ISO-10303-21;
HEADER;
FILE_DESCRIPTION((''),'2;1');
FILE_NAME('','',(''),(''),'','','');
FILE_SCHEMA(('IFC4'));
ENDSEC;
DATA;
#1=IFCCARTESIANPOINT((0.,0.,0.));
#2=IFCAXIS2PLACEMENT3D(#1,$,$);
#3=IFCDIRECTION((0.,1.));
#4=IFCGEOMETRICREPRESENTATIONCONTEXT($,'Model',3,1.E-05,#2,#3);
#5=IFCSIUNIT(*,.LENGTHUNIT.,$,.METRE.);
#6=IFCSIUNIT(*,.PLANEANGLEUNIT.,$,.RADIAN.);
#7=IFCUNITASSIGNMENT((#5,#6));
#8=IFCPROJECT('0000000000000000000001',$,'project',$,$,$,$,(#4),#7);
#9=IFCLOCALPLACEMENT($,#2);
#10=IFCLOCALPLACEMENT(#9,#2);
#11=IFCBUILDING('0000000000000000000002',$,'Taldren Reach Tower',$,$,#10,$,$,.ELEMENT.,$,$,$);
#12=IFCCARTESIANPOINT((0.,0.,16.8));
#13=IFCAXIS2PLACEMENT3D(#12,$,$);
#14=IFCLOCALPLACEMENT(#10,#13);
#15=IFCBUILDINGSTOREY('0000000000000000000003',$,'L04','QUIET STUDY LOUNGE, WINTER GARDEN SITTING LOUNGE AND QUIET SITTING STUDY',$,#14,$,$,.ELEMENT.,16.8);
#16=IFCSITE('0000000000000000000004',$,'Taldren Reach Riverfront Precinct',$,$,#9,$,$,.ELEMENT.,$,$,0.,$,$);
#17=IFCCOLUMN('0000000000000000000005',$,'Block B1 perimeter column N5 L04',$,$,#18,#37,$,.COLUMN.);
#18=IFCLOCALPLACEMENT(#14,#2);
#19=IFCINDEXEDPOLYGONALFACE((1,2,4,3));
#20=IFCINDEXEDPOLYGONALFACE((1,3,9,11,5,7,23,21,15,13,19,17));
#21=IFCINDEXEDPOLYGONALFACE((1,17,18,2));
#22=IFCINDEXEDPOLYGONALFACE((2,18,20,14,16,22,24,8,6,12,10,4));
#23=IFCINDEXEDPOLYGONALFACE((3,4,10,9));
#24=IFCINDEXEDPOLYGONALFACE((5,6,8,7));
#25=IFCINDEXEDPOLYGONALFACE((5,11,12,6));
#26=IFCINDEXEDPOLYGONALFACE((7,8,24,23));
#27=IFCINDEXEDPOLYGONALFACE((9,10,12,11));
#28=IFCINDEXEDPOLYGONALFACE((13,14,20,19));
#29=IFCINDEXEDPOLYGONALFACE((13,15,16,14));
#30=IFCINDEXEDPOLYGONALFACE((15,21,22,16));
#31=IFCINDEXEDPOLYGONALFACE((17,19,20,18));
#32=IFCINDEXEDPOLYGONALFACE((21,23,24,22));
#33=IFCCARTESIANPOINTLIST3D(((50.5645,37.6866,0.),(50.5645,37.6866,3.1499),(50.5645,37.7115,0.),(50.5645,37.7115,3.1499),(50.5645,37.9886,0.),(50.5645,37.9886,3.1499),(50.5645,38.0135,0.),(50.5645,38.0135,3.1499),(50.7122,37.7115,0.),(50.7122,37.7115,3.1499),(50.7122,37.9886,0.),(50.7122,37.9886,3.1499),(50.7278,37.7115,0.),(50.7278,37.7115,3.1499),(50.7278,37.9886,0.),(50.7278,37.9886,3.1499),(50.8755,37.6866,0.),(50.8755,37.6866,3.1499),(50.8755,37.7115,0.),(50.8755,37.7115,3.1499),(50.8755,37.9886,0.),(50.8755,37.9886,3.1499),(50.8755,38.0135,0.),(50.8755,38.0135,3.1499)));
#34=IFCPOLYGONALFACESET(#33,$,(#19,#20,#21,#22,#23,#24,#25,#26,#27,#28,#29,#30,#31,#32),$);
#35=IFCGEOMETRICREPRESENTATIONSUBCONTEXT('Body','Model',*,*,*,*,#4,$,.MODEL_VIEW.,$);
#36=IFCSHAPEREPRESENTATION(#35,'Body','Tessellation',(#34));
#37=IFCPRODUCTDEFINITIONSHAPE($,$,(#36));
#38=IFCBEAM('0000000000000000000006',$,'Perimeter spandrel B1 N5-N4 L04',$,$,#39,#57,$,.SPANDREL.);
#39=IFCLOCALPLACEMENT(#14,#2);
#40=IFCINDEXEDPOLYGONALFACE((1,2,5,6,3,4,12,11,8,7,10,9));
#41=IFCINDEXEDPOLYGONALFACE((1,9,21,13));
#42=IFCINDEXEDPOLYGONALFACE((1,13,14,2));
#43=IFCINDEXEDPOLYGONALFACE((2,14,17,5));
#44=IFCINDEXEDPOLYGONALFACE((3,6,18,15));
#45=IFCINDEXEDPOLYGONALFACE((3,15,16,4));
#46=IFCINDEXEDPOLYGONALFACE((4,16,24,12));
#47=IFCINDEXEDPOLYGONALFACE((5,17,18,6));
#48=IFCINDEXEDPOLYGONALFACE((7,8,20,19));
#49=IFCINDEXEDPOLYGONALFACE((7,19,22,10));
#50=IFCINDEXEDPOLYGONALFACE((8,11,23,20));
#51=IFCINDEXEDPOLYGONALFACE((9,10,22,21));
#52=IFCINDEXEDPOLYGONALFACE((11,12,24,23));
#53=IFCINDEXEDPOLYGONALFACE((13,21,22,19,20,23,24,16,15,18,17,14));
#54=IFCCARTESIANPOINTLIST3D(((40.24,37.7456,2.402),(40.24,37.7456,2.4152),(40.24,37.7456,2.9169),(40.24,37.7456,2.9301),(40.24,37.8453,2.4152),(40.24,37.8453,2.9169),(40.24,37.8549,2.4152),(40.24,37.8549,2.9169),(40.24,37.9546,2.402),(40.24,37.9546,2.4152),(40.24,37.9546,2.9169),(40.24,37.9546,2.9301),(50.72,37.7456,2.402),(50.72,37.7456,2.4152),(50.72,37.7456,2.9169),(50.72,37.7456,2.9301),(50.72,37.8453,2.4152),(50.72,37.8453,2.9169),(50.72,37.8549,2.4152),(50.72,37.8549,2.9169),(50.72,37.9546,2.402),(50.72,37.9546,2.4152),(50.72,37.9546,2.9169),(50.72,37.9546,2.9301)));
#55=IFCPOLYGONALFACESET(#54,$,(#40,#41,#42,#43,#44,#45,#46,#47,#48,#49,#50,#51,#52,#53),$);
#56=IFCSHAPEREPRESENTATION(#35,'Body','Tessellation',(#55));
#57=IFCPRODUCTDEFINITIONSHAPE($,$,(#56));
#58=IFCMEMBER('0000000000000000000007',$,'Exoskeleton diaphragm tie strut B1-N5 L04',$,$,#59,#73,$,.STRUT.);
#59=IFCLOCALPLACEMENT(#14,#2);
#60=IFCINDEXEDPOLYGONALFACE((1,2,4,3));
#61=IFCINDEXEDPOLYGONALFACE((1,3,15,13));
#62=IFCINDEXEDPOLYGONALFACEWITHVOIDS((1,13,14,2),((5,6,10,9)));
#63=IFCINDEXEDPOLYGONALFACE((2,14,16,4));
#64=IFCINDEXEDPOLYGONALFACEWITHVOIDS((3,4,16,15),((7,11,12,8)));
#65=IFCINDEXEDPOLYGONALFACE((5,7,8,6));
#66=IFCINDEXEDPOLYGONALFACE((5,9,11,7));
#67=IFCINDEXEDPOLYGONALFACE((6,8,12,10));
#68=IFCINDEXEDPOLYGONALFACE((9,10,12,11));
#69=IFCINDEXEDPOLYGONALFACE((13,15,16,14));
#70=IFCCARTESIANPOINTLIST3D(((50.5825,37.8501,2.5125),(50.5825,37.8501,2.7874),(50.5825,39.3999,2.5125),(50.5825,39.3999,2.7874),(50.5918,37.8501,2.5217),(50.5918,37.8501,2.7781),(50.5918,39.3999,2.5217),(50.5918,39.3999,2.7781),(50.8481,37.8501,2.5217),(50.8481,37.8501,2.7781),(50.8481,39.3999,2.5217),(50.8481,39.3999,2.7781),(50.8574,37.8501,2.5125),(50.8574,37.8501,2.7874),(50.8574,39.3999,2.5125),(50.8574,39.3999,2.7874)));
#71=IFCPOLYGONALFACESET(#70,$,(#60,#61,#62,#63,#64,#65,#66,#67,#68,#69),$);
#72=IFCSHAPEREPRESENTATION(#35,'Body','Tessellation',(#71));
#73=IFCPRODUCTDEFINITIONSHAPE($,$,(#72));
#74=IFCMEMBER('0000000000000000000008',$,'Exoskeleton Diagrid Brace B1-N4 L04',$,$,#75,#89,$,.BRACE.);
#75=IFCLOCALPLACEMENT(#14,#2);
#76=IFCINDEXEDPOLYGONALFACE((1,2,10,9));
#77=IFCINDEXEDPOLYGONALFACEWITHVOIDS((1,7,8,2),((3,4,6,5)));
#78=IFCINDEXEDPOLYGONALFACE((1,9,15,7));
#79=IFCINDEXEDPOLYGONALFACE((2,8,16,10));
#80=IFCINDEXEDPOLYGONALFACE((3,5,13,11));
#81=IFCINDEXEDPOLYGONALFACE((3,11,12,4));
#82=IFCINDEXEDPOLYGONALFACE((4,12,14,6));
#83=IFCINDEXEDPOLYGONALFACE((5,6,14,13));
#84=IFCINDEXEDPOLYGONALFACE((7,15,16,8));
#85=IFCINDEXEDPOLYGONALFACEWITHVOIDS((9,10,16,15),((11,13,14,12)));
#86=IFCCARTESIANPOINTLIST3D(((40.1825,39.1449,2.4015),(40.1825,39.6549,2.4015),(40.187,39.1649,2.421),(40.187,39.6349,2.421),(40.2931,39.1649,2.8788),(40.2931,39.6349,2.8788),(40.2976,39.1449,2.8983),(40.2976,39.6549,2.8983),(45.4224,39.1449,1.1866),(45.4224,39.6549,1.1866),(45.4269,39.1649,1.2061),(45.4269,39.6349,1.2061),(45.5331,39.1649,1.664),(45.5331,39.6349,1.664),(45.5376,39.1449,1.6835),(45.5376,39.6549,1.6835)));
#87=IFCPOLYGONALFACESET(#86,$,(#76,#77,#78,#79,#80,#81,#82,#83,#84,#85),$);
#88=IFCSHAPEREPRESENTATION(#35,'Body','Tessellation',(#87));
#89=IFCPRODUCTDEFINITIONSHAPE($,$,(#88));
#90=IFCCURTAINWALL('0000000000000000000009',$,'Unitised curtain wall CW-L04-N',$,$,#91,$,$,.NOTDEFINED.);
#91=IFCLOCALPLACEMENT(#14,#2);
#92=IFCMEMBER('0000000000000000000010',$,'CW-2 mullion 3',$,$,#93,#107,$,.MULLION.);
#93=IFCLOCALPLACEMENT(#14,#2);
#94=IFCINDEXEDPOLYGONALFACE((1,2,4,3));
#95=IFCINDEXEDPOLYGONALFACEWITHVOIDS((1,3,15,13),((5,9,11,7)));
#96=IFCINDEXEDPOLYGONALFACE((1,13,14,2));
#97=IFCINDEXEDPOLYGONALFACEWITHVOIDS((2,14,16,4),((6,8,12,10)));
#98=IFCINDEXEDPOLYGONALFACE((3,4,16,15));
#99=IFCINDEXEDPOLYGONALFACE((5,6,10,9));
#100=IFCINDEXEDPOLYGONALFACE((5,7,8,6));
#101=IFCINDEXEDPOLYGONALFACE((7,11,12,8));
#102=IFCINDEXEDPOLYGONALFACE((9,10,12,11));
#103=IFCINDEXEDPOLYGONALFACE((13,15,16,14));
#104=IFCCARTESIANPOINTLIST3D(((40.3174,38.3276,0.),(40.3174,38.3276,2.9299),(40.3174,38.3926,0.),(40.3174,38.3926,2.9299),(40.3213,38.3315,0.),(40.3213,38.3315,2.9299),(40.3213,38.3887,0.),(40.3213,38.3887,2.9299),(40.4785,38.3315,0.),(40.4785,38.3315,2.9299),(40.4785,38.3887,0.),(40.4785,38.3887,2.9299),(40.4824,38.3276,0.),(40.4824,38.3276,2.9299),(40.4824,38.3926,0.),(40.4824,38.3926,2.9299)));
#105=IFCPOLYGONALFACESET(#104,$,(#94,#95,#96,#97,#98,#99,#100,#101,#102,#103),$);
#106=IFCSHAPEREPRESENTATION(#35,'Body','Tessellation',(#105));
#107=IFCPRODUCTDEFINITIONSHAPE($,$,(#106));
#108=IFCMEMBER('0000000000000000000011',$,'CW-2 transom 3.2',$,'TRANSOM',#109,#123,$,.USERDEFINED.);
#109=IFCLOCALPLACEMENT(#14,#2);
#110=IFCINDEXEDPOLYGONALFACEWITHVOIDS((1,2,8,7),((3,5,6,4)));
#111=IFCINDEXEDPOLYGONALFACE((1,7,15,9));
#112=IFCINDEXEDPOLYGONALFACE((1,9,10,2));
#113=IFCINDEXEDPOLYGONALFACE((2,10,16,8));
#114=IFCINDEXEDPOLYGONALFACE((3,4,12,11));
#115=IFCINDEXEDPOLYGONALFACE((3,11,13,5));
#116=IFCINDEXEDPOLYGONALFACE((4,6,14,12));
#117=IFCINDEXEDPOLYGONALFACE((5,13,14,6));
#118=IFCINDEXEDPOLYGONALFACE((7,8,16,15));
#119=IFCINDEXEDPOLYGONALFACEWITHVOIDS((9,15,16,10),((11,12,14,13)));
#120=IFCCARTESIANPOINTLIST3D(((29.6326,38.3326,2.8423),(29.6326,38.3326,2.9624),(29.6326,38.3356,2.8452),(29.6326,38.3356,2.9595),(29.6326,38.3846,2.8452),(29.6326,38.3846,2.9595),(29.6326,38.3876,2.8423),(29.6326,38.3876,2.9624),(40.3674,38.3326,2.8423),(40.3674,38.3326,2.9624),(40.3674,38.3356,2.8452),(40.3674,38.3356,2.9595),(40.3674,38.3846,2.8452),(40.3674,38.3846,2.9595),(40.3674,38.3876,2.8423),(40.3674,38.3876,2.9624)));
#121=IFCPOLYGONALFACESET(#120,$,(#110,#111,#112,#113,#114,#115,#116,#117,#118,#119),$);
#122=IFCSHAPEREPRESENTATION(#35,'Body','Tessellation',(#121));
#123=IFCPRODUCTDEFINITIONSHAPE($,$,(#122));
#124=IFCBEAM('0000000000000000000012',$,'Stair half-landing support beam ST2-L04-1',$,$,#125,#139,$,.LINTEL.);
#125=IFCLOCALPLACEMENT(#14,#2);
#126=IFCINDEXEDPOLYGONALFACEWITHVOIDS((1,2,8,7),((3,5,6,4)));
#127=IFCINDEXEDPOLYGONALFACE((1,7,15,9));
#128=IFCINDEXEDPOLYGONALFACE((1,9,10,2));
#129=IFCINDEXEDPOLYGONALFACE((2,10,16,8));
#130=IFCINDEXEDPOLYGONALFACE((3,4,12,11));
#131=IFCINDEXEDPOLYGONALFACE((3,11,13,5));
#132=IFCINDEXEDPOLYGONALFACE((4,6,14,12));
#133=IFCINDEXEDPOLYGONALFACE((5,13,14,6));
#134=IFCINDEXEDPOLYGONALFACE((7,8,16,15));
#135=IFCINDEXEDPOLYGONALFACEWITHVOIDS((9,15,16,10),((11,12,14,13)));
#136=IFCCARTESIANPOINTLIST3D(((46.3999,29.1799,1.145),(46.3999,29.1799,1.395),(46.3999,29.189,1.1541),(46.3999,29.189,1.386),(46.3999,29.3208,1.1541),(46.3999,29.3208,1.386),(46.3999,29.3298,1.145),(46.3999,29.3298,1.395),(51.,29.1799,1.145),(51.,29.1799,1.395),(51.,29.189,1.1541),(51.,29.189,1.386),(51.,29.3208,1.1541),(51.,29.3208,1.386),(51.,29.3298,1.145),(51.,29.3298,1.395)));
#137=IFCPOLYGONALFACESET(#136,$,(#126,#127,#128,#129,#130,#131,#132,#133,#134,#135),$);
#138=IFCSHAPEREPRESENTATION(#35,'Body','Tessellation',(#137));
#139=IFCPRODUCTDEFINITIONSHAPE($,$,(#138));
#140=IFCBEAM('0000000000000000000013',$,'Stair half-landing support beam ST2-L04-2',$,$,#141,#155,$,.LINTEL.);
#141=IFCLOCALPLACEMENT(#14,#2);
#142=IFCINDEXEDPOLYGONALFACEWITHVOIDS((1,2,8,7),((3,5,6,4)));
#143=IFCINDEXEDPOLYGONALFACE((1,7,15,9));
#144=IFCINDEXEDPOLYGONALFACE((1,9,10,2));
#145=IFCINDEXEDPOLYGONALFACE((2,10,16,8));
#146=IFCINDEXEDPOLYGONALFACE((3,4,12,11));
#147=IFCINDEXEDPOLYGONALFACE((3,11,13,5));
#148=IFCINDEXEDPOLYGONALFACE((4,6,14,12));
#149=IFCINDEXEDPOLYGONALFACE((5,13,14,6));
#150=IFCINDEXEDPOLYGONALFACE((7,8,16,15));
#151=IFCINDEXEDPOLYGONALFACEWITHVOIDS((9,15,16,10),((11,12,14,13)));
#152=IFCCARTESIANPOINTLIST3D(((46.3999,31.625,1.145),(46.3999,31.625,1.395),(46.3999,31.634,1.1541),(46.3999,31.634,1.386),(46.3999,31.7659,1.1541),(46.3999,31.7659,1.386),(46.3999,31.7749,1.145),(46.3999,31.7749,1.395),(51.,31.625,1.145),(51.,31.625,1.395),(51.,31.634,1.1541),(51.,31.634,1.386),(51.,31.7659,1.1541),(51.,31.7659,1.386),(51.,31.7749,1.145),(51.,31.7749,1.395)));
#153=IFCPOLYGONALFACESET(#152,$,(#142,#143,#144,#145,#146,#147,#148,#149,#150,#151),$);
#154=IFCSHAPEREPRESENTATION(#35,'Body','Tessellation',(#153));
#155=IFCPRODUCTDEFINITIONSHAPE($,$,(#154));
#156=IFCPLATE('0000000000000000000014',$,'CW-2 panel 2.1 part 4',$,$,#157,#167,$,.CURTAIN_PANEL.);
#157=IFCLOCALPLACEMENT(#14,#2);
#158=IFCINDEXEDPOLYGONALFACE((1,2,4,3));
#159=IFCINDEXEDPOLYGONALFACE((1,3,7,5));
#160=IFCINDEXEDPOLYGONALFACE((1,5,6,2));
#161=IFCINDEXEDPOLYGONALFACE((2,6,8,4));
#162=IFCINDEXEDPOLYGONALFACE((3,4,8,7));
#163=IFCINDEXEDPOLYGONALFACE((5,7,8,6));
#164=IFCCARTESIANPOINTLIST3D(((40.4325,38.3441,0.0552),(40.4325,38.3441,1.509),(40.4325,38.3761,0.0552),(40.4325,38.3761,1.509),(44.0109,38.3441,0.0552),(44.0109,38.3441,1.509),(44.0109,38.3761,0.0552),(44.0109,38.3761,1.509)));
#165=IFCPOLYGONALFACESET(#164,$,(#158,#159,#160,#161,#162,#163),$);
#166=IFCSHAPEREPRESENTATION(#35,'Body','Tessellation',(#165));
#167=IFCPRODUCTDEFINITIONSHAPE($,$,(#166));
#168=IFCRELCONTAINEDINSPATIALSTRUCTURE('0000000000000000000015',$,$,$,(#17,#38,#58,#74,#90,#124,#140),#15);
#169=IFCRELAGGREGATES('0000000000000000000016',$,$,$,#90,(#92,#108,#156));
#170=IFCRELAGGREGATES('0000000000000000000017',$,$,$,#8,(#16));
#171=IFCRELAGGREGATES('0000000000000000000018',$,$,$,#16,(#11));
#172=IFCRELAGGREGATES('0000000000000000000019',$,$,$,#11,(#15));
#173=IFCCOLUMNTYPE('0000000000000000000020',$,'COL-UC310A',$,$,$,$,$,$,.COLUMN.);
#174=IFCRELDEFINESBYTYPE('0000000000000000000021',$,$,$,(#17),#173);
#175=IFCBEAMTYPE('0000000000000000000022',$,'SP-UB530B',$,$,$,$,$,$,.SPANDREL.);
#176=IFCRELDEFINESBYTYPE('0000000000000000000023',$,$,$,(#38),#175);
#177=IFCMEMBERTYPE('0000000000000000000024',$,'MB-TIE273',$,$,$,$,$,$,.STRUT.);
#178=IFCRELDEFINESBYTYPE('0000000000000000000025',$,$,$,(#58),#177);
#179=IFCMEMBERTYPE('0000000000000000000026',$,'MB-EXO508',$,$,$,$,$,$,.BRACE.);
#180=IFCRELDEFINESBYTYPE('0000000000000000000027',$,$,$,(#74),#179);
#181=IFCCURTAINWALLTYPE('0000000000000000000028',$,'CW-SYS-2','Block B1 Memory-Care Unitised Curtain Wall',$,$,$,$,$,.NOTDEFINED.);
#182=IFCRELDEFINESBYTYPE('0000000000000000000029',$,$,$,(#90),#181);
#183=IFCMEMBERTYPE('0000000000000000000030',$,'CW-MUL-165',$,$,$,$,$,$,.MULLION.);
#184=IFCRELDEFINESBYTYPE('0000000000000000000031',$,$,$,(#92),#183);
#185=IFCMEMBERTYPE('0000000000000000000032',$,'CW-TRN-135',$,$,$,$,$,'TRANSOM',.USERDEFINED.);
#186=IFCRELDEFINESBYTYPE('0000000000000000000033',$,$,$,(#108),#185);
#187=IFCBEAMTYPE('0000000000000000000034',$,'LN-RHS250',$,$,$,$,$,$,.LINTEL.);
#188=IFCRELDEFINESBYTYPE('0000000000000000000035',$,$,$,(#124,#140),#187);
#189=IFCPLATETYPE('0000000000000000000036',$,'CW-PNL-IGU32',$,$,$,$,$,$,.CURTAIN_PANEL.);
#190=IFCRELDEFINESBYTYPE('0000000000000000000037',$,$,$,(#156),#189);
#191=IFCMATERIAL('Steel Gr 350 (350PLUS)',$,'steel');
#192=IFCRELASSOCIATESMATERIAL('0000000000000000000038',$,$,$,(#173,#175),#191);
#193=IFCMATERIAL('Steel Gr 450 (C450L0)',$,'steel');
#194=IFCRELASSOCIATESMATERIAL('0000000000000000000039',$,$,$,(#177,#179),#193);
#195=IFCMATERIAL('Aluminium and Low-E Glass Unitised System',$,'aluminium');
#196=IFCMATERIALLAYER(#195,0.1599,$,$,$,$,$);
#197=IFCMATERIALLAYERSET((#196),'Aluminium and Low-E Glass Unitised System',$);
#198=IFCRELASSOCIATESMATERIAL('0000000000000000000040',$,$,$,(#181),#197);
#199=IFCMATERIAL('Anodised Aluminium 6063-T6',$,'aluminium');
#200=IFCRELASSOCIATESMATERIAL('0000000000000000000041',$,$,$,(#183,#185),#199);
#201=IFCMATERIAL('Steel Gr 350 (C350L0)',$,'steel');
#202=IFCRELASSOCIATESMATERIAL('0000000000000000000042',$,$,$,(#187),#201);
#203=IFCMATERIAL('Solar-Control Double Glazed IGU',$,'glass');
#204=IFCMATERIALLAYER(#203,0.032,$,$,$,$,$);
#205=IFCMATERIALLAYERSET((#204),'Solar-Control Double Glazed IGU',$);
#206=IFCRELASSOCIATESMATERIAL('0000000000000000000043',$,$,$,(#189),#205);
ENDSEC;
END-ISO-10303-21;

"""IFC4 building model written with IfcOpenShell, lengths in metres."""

from ifc_helpers import new_model, si_unit, direction, frame, origin, origin_2d, place, context, subcontext, project, spatial, rectangle, hollow_rectangle, i_section, extrude, source, transform, mapped, material, layer, layer_set, material_profile, profile_set, type_object, element, aggregate, save


model = new_model("IFC4")

# Units and contexts
model_context = context("Model", 3, precision=1e-05, world=origin(), true_north=direction((0.0, 1.0)))
body_context = subcontext(model_context, "Body", "Model", "MODEL_VIEW")
ifc_project = project(units=[si_unit("LENGTHUNIT", "METRE"), si_unit("PLANEANGLEUNIT", "RADIAN")], contexts=[model_context])

# Site, building, storey
site_placement = place(None, origin())
site = spatial("IfcSite", under=ifc_project, at=site_placement, Name="Taldren Reach Riverfront Precinct", CompositionType="ELEMENT", RefElevation=0.0)
building_placement = place(site_placement, origin())
building = spatial("IfcBuilding", under=site, at=building_placement, Name="Taldren Reach Tower", CompositionType="ELEMENT")
storey_placement = place(building_placement, frame((0.0, 0.0, 16.8)))
storey = spatial("IfcBuildingStorey", under=building, at=storey_placement, Name="L04", Description="QUIET STUDY LOUNGE, WINTER GARDEN SITTING LOUNGE AND QUIET SITTING STUDY", CompositionType="ELEMENT", Elevation=16.8)

# Column
ifc_material_1 = material(Name="Steel Gr 350 (350PLUS)", Category="steel")
ifc_material_profile_1 = material_profile(ifc_material_1, i_section(OverallWidth=0.311, OverallDepth=0.3269, WebThickness=0.0156, FlangeThickness=0.0249, at=origin_2d()), Name="310UC158")
ifc_profile_set_1 = profile_set([ifc_material_profile_1], Name="Steel Gr 350 (350PLUS)")
column_type = type_object("IfcColumnType", Name="COL-UC310A", PredefinedType="COLUMN", material=ifc_profile_set_1)
shared_shape_1 = source(origin(), body_context, "Body", "SweptSolid", [
    extrude(i_section(OverallWidth=0.311, OverallDepth=0.3269, WebThickness=0.0156, FlangeThickness=0.0249, at=origin_2d()), origin(), (0.0, 0.0, 1.0), 3.1499),
])
column_placement = place(storey_placement, frame((50.72, 37.8501, 0.0), z_axis=(0.0, 0.0, 1.0), x_axis=(1.0, 0.0, 0.0)))
element("IfcColumn", 1, at=column_placement, inside=storey, type_object=column_type, Name="Block B1 perimeter column N5 L04", PredefinedType="COLUMN", context=body_context, shape_type="MappedRepresentation", body=[
    mapped(shared_shape_1, transform((0.0, 0.0, 0.0), scale=1.0)),
])

# Beam
ifc_material_profile_2 = material_profile(ifc_material_1, i_section(OverallWidth=0.209, OverallDepth=0.5281, WebThickness=0.0095, FlangeThickness=0.0132, at=origin_2d()), Name="530UB82.0")
ifc_profile_set_2 = profile_set([ifc_material_profile_2], Name="Steel Gr 350 (350PLUS)")
beam_type_1 = type_object("IfcBeamType", Name="SP-UB530B", PredefinedType="SPANDREL", material=ifc_profile_set_2)
shared_shape_2 = source(origin(), body_context, "Body", "SweptSolid", [
    extrude(i_section(OverallWidth=0.209, OverallDepth=0.5281, WebThickness=0.0095, FlangeThickness=0.0132, at=origin_2d()), origin(), (0.0, 0.0, 1.0), 10.48),
])
beam_placement = place(storey_placement, frame((50.72, 37.8501, 2.666), z_axis=(-1.0, 0.0, 0.0), x_axis=(0.0, -1.0, 0.0)))
element("IfcBeam", 2, at=beam_placement, inside=storey, type_object=beam_type_1, Name="Perimeter spandrel B1 N5-N4 L04", PredefinedType="SPANDREL", context=body_context, shape_type="MappedRepresentation", body=[
    mapped(shared_shape_2, transform((0.0, 0.0, 0.0), scale=1.0)),
])

# Members
ifc_material_2 = material(Name="Steel Gr 450 (C450L0)", Category="steel")
ifc_material_profile_3 = material_profile(ifc_material_2, hollow_rectangle(XDim=0.2749, YDim=0.2749, WallThickness=0.0093, at=origin_2d()), Name="275x275x9.3SHS")
ifc_profile_set_3 = profile_set([ifc_material_profile_3], Name="Steel Gr 450 (C450L0)")
member_type_1 = type_object("IfcMemberType", Name="MB-TIE273", PredefinedType="STRUT", material=ifc_profile_set_3)
shared_shape_3 = source(origin(), body_context, "Body", "SweptSolid", [
    extrude(hollow_rectangle(XDim=0.2749, YDim=0.2749, WallThickness=0.0093, at=origin_2d()), origin(), (0.0, 0.0, 1.0), 1.5498),
])
member_1_placement = place(storey_placement, frame((50.72, 37.8501, 2.6499), z_axis=(0.0, 1.0, 0.0), x_axis=(-1.0, 0.0, 0.0)))
element("IfcMember", 3, at=member_1_placement, inside=storey, type_object=member_type_1, Name="Exoskeleton diaphragm tie strut B1-N5 L04", PredefinedType="STRUT", context=body_context, shape_type="MappedRepresentation", body=[
    mapped(shared_shape_3, transform((0.0, 0.0, 0.0), scale=1.0)),
])
ifc_material_profile_4 = material_profile(ifc_material_2, hollow_rectangle(XDim=0.51, YDim=0.51, WallThickness=0.02, at=origin_2d()), Name="510x510x20.0SHS")
ifc_profile_set_4 = profile_set([ifc_material_profile_4], Name="Steel Gr 450 (C450L0)")
member_type_2 = type_object("IfcMemberType", Name="MB-EXO508", PredefinedType="BRACE", material=ifc_profile_set_4)
shared_shape_4 = source(origin(), body_context, "Body", "SweptSolid", [
    extrude(hollow_rectangle(XDim=0.51, YDim=0.51, WallThickness=0.02, at=origin_2d()), origin(), (0.0, 0.0, 1.0), 5.3789),
])
member_2_placement = place(storey_placement, frame((45.48, 39.3999, 1.4351), z_axis=(-0.974162, 0.0, 0.225851), x_axis=(0.0, -1.0, 0.0)))
element("IfcMember", 4, at=member_2_placement, inside=storey, type_object=member_type_2, Name="Exoskeleton Diagrid Brace B1-N4 L04", PredefinedType="BRACE", context=body_context, shape_type="MappedRepresentation", body=[
    mapped(shared_shape_4, transform((0.0, 0.0, 0.0), scale=1.0)),
])

# Curtain wall, members
ifc_material_3 = material(Name="Aluminium and Low-E Glass Unitised System", Category="aluminium")
ifc_layer_1 = layer(ifc_material_3, 0.1599)
ifc_layer_set_1 = layer_set([ifc_layer_1], Name="Aluminium and Low-E Glass Unitised System")
curtain_wall_type = type_object("IfcCurtainWallType", Name="CW-SYS-2", Description="Block B1 Memory-Care Unitised Curtain Wall", PredefinedType="NOTDEFINED", material=ifc_layer_set_1)
curtain_wall_placement = place(storey_placement, origin())
curtain_wall = element("IfcCurtainWall", 5, at=curtain_wall_placement, inside=storey, type_object=curtain_wall_type, Name="Unitised curtain wall CW-L04-N", PredefinedType="NOTDEFINED")
ifc_material_4 = material(Name="Anodised Aluminium 6063-T6", Category="aluminium")
ifc_material_profile_5 = material_profile(ifc_material_4, hollow_rectangle(XDim=0.0649, YDim=0.165, WallThickness=0.0039, at=origin_2d()), Name="ALU-165x65x4RHS")
ifc_profile_set_5 = profile_set([ifc_material_profile_5], Name="Anodised Aluminium 6063-T6")
member_type_3 = type_object("IfcMemberType", Name="CW-MUL-165", PredefinedType="MULLION", material=ifc_profile_set_5)
shared_shape_5 = source(origin(), body_context, "Body", "SweptSolid", [
    extrude(hollow_rectangle(XDim=0.0649, YDim=0.165, WallThickness=0.0039, at=origin_2d()), origin(), (0.0, 0.0, 1.0), 2.9299),
])
member_3_placement = place(storey_placement, frame((40.3999, 38.3601, 0.0), z_axis=(0.0, 0.0, 1.0), x_axis=(0.0, -1.0, 0.0)))
member_3 = element("IfcMember", 6, at=member_3_placement, type_object=member_type_3, Name="CW-2 mullion 3", PredefinedType="MULLION", context=body_context, shape_type="MappedRepresentation", body=[
    mapped(shared_shape_5, transform((0.0, 0.0, 0.0), scale=1.0)),
])
ifc_material_profile_6 = material_profile(ifc_material_4, hollow_rectangle(XDim=0.0549, YDim=0.1201, WallThickness=0.0029, at=origin_2d()), Name="ALU-120x55x3RHS")
ifc_profile_set_6 = profile_set([ifc_material_profile_6], Name="Anodised Aluminium 6063-T6")
member_type_4 = type_object("IfcMemberType", Name="CW-TRN-135", ElementType="TRANSOM", PredefinedType="USERDEFINED", material=ifc_profile_set_6)
shared_shape_6 = source(origin(), body_context, "Body", "SweptSolid", [
    extrude(hollow_rectangle(XDim=0.0549, YDim=0.1201, WallThickness=0.0029, at=origin_2d()), origin(), (0.0, 0.0, 1.0), 10.7349),
])
member_4_placement = place(storey_placement, frame((40.3674, 38.3601, 2.9023), z_axis=(-1.0, 0.0, 0.0), x_axis=(0.0, -1.0, 0.0)))
member_4 = element("IfcMember", 7, at=member_4_placement, type_object=member_type_4, Name="CW-2 transom 3.2", ObjectType="TRANSOM", PredefinedType="USERDEFINED", context=body_context, shape_type="MappedRepresentation", body=[
    mapped(shared_shape_6, transform((0.0, 0.0, 0.0), scale=1.0)),
])

# Beams
ifc_material_5 = material(Name="Steel Gr 350 (C350L0)", Category="steel")
ifc_material_profile_7 = material_profile(ifc_material_5, hollow_rectangle(XDim=0.1499, YDim=0.25, WallThickness=0.009, at=origin_2d()), Name="250x150x9.0RHS")
ifc_profile_set_7 = profile_set([ifc_material_profile_7], Name="Steel Gr 350 (C350L0)")
beam_type_2 = type_object("IfcBeamType", Name="LN-RHS250", PredefinedType="LINTEL", material=ifc_profile_set_7)
shared_shape_7 = source(origin(), body_context, "Body", "SweptSolid", [
    extrude(hollow_rectangle(XDim=0.1499, YDim=0.25, WallThickness=0.009, at=origin_2d()), origin(), (0.0, 0.0, 1.0), 4.6001),
])
for number, where, z_axis, x_axis, name in (
    (8, (46.3999, 29.2549, 1.27), (1.0, 0.0, 0.0), (0.0, 1.0, 0.0), "Stair half-landing support beam ST2-L04-1"),
    (9, (46.3999, 31.7, 1.27), (1.0, 0.0, 0.0), (0.0, 1.0, 0.0), "Stair half-landing support beam ST2-L04-2"),
):
    element("IfcBeam", number, at=place(storey_placement, frame(where, z_axis=z_axis, x_axis=x_axis)), inside=storey, type_object=beam_type_2, Name=name, PredefinedType="LINTEL", context=body_context, shape_type="MappedRepresentation", body=[
        mapped(shared_shape_7, transform((0.0, 0.0, 0.0), scale=1.0)),
    ])

# Plate
ifc_material_6 = material(Name="Solar-Control Double Glazed IGU", Category="glass")
ifc_layer_2 = layer(ifc_material_6, 0.032)
ifc_layer_set_2 = layer_set([ifc_layer_2], Name="Solar-Control Double Glazed IGU")
plate_type = type_object("IfcPlateType", Name="CW-PNL-IGU32", PredefinedType="CURTAIN_PANEL", material=ifc_layer_set_2)
shared_shape_8 = source(origin(), body_context, "Body", "SweptSolid", [
    extrude(rectangle(XDim=3.5784, YDim=0.032, at=origin_2d()), origin(), (0.0, 0.0, 1.0), 1.4539),
])
plate_1_placement = place(storey_placement, frame((42.2217, 38.3601, 0.0552), z_axis=(0.0, 0.0, 1.0), x_axis=(-1.0, 0.0, 0.0)))
plate_1 = element("IfcPlate", 10, at=plate_1_placement, type_object=plate_type, Name="CW-2 panel 2.1 part 4", PredefinedType="CURTAIN_PANEL", context=body_context, shape_type="MappedRepresentation", body=[
    mapped(shared_shape_8, transform((0.0, 0.0, 0.0), scale=1.0)),
])
aggregate(curtain_wall, [member_3, member_4, plate_1])

save(model, "model.ifc")
